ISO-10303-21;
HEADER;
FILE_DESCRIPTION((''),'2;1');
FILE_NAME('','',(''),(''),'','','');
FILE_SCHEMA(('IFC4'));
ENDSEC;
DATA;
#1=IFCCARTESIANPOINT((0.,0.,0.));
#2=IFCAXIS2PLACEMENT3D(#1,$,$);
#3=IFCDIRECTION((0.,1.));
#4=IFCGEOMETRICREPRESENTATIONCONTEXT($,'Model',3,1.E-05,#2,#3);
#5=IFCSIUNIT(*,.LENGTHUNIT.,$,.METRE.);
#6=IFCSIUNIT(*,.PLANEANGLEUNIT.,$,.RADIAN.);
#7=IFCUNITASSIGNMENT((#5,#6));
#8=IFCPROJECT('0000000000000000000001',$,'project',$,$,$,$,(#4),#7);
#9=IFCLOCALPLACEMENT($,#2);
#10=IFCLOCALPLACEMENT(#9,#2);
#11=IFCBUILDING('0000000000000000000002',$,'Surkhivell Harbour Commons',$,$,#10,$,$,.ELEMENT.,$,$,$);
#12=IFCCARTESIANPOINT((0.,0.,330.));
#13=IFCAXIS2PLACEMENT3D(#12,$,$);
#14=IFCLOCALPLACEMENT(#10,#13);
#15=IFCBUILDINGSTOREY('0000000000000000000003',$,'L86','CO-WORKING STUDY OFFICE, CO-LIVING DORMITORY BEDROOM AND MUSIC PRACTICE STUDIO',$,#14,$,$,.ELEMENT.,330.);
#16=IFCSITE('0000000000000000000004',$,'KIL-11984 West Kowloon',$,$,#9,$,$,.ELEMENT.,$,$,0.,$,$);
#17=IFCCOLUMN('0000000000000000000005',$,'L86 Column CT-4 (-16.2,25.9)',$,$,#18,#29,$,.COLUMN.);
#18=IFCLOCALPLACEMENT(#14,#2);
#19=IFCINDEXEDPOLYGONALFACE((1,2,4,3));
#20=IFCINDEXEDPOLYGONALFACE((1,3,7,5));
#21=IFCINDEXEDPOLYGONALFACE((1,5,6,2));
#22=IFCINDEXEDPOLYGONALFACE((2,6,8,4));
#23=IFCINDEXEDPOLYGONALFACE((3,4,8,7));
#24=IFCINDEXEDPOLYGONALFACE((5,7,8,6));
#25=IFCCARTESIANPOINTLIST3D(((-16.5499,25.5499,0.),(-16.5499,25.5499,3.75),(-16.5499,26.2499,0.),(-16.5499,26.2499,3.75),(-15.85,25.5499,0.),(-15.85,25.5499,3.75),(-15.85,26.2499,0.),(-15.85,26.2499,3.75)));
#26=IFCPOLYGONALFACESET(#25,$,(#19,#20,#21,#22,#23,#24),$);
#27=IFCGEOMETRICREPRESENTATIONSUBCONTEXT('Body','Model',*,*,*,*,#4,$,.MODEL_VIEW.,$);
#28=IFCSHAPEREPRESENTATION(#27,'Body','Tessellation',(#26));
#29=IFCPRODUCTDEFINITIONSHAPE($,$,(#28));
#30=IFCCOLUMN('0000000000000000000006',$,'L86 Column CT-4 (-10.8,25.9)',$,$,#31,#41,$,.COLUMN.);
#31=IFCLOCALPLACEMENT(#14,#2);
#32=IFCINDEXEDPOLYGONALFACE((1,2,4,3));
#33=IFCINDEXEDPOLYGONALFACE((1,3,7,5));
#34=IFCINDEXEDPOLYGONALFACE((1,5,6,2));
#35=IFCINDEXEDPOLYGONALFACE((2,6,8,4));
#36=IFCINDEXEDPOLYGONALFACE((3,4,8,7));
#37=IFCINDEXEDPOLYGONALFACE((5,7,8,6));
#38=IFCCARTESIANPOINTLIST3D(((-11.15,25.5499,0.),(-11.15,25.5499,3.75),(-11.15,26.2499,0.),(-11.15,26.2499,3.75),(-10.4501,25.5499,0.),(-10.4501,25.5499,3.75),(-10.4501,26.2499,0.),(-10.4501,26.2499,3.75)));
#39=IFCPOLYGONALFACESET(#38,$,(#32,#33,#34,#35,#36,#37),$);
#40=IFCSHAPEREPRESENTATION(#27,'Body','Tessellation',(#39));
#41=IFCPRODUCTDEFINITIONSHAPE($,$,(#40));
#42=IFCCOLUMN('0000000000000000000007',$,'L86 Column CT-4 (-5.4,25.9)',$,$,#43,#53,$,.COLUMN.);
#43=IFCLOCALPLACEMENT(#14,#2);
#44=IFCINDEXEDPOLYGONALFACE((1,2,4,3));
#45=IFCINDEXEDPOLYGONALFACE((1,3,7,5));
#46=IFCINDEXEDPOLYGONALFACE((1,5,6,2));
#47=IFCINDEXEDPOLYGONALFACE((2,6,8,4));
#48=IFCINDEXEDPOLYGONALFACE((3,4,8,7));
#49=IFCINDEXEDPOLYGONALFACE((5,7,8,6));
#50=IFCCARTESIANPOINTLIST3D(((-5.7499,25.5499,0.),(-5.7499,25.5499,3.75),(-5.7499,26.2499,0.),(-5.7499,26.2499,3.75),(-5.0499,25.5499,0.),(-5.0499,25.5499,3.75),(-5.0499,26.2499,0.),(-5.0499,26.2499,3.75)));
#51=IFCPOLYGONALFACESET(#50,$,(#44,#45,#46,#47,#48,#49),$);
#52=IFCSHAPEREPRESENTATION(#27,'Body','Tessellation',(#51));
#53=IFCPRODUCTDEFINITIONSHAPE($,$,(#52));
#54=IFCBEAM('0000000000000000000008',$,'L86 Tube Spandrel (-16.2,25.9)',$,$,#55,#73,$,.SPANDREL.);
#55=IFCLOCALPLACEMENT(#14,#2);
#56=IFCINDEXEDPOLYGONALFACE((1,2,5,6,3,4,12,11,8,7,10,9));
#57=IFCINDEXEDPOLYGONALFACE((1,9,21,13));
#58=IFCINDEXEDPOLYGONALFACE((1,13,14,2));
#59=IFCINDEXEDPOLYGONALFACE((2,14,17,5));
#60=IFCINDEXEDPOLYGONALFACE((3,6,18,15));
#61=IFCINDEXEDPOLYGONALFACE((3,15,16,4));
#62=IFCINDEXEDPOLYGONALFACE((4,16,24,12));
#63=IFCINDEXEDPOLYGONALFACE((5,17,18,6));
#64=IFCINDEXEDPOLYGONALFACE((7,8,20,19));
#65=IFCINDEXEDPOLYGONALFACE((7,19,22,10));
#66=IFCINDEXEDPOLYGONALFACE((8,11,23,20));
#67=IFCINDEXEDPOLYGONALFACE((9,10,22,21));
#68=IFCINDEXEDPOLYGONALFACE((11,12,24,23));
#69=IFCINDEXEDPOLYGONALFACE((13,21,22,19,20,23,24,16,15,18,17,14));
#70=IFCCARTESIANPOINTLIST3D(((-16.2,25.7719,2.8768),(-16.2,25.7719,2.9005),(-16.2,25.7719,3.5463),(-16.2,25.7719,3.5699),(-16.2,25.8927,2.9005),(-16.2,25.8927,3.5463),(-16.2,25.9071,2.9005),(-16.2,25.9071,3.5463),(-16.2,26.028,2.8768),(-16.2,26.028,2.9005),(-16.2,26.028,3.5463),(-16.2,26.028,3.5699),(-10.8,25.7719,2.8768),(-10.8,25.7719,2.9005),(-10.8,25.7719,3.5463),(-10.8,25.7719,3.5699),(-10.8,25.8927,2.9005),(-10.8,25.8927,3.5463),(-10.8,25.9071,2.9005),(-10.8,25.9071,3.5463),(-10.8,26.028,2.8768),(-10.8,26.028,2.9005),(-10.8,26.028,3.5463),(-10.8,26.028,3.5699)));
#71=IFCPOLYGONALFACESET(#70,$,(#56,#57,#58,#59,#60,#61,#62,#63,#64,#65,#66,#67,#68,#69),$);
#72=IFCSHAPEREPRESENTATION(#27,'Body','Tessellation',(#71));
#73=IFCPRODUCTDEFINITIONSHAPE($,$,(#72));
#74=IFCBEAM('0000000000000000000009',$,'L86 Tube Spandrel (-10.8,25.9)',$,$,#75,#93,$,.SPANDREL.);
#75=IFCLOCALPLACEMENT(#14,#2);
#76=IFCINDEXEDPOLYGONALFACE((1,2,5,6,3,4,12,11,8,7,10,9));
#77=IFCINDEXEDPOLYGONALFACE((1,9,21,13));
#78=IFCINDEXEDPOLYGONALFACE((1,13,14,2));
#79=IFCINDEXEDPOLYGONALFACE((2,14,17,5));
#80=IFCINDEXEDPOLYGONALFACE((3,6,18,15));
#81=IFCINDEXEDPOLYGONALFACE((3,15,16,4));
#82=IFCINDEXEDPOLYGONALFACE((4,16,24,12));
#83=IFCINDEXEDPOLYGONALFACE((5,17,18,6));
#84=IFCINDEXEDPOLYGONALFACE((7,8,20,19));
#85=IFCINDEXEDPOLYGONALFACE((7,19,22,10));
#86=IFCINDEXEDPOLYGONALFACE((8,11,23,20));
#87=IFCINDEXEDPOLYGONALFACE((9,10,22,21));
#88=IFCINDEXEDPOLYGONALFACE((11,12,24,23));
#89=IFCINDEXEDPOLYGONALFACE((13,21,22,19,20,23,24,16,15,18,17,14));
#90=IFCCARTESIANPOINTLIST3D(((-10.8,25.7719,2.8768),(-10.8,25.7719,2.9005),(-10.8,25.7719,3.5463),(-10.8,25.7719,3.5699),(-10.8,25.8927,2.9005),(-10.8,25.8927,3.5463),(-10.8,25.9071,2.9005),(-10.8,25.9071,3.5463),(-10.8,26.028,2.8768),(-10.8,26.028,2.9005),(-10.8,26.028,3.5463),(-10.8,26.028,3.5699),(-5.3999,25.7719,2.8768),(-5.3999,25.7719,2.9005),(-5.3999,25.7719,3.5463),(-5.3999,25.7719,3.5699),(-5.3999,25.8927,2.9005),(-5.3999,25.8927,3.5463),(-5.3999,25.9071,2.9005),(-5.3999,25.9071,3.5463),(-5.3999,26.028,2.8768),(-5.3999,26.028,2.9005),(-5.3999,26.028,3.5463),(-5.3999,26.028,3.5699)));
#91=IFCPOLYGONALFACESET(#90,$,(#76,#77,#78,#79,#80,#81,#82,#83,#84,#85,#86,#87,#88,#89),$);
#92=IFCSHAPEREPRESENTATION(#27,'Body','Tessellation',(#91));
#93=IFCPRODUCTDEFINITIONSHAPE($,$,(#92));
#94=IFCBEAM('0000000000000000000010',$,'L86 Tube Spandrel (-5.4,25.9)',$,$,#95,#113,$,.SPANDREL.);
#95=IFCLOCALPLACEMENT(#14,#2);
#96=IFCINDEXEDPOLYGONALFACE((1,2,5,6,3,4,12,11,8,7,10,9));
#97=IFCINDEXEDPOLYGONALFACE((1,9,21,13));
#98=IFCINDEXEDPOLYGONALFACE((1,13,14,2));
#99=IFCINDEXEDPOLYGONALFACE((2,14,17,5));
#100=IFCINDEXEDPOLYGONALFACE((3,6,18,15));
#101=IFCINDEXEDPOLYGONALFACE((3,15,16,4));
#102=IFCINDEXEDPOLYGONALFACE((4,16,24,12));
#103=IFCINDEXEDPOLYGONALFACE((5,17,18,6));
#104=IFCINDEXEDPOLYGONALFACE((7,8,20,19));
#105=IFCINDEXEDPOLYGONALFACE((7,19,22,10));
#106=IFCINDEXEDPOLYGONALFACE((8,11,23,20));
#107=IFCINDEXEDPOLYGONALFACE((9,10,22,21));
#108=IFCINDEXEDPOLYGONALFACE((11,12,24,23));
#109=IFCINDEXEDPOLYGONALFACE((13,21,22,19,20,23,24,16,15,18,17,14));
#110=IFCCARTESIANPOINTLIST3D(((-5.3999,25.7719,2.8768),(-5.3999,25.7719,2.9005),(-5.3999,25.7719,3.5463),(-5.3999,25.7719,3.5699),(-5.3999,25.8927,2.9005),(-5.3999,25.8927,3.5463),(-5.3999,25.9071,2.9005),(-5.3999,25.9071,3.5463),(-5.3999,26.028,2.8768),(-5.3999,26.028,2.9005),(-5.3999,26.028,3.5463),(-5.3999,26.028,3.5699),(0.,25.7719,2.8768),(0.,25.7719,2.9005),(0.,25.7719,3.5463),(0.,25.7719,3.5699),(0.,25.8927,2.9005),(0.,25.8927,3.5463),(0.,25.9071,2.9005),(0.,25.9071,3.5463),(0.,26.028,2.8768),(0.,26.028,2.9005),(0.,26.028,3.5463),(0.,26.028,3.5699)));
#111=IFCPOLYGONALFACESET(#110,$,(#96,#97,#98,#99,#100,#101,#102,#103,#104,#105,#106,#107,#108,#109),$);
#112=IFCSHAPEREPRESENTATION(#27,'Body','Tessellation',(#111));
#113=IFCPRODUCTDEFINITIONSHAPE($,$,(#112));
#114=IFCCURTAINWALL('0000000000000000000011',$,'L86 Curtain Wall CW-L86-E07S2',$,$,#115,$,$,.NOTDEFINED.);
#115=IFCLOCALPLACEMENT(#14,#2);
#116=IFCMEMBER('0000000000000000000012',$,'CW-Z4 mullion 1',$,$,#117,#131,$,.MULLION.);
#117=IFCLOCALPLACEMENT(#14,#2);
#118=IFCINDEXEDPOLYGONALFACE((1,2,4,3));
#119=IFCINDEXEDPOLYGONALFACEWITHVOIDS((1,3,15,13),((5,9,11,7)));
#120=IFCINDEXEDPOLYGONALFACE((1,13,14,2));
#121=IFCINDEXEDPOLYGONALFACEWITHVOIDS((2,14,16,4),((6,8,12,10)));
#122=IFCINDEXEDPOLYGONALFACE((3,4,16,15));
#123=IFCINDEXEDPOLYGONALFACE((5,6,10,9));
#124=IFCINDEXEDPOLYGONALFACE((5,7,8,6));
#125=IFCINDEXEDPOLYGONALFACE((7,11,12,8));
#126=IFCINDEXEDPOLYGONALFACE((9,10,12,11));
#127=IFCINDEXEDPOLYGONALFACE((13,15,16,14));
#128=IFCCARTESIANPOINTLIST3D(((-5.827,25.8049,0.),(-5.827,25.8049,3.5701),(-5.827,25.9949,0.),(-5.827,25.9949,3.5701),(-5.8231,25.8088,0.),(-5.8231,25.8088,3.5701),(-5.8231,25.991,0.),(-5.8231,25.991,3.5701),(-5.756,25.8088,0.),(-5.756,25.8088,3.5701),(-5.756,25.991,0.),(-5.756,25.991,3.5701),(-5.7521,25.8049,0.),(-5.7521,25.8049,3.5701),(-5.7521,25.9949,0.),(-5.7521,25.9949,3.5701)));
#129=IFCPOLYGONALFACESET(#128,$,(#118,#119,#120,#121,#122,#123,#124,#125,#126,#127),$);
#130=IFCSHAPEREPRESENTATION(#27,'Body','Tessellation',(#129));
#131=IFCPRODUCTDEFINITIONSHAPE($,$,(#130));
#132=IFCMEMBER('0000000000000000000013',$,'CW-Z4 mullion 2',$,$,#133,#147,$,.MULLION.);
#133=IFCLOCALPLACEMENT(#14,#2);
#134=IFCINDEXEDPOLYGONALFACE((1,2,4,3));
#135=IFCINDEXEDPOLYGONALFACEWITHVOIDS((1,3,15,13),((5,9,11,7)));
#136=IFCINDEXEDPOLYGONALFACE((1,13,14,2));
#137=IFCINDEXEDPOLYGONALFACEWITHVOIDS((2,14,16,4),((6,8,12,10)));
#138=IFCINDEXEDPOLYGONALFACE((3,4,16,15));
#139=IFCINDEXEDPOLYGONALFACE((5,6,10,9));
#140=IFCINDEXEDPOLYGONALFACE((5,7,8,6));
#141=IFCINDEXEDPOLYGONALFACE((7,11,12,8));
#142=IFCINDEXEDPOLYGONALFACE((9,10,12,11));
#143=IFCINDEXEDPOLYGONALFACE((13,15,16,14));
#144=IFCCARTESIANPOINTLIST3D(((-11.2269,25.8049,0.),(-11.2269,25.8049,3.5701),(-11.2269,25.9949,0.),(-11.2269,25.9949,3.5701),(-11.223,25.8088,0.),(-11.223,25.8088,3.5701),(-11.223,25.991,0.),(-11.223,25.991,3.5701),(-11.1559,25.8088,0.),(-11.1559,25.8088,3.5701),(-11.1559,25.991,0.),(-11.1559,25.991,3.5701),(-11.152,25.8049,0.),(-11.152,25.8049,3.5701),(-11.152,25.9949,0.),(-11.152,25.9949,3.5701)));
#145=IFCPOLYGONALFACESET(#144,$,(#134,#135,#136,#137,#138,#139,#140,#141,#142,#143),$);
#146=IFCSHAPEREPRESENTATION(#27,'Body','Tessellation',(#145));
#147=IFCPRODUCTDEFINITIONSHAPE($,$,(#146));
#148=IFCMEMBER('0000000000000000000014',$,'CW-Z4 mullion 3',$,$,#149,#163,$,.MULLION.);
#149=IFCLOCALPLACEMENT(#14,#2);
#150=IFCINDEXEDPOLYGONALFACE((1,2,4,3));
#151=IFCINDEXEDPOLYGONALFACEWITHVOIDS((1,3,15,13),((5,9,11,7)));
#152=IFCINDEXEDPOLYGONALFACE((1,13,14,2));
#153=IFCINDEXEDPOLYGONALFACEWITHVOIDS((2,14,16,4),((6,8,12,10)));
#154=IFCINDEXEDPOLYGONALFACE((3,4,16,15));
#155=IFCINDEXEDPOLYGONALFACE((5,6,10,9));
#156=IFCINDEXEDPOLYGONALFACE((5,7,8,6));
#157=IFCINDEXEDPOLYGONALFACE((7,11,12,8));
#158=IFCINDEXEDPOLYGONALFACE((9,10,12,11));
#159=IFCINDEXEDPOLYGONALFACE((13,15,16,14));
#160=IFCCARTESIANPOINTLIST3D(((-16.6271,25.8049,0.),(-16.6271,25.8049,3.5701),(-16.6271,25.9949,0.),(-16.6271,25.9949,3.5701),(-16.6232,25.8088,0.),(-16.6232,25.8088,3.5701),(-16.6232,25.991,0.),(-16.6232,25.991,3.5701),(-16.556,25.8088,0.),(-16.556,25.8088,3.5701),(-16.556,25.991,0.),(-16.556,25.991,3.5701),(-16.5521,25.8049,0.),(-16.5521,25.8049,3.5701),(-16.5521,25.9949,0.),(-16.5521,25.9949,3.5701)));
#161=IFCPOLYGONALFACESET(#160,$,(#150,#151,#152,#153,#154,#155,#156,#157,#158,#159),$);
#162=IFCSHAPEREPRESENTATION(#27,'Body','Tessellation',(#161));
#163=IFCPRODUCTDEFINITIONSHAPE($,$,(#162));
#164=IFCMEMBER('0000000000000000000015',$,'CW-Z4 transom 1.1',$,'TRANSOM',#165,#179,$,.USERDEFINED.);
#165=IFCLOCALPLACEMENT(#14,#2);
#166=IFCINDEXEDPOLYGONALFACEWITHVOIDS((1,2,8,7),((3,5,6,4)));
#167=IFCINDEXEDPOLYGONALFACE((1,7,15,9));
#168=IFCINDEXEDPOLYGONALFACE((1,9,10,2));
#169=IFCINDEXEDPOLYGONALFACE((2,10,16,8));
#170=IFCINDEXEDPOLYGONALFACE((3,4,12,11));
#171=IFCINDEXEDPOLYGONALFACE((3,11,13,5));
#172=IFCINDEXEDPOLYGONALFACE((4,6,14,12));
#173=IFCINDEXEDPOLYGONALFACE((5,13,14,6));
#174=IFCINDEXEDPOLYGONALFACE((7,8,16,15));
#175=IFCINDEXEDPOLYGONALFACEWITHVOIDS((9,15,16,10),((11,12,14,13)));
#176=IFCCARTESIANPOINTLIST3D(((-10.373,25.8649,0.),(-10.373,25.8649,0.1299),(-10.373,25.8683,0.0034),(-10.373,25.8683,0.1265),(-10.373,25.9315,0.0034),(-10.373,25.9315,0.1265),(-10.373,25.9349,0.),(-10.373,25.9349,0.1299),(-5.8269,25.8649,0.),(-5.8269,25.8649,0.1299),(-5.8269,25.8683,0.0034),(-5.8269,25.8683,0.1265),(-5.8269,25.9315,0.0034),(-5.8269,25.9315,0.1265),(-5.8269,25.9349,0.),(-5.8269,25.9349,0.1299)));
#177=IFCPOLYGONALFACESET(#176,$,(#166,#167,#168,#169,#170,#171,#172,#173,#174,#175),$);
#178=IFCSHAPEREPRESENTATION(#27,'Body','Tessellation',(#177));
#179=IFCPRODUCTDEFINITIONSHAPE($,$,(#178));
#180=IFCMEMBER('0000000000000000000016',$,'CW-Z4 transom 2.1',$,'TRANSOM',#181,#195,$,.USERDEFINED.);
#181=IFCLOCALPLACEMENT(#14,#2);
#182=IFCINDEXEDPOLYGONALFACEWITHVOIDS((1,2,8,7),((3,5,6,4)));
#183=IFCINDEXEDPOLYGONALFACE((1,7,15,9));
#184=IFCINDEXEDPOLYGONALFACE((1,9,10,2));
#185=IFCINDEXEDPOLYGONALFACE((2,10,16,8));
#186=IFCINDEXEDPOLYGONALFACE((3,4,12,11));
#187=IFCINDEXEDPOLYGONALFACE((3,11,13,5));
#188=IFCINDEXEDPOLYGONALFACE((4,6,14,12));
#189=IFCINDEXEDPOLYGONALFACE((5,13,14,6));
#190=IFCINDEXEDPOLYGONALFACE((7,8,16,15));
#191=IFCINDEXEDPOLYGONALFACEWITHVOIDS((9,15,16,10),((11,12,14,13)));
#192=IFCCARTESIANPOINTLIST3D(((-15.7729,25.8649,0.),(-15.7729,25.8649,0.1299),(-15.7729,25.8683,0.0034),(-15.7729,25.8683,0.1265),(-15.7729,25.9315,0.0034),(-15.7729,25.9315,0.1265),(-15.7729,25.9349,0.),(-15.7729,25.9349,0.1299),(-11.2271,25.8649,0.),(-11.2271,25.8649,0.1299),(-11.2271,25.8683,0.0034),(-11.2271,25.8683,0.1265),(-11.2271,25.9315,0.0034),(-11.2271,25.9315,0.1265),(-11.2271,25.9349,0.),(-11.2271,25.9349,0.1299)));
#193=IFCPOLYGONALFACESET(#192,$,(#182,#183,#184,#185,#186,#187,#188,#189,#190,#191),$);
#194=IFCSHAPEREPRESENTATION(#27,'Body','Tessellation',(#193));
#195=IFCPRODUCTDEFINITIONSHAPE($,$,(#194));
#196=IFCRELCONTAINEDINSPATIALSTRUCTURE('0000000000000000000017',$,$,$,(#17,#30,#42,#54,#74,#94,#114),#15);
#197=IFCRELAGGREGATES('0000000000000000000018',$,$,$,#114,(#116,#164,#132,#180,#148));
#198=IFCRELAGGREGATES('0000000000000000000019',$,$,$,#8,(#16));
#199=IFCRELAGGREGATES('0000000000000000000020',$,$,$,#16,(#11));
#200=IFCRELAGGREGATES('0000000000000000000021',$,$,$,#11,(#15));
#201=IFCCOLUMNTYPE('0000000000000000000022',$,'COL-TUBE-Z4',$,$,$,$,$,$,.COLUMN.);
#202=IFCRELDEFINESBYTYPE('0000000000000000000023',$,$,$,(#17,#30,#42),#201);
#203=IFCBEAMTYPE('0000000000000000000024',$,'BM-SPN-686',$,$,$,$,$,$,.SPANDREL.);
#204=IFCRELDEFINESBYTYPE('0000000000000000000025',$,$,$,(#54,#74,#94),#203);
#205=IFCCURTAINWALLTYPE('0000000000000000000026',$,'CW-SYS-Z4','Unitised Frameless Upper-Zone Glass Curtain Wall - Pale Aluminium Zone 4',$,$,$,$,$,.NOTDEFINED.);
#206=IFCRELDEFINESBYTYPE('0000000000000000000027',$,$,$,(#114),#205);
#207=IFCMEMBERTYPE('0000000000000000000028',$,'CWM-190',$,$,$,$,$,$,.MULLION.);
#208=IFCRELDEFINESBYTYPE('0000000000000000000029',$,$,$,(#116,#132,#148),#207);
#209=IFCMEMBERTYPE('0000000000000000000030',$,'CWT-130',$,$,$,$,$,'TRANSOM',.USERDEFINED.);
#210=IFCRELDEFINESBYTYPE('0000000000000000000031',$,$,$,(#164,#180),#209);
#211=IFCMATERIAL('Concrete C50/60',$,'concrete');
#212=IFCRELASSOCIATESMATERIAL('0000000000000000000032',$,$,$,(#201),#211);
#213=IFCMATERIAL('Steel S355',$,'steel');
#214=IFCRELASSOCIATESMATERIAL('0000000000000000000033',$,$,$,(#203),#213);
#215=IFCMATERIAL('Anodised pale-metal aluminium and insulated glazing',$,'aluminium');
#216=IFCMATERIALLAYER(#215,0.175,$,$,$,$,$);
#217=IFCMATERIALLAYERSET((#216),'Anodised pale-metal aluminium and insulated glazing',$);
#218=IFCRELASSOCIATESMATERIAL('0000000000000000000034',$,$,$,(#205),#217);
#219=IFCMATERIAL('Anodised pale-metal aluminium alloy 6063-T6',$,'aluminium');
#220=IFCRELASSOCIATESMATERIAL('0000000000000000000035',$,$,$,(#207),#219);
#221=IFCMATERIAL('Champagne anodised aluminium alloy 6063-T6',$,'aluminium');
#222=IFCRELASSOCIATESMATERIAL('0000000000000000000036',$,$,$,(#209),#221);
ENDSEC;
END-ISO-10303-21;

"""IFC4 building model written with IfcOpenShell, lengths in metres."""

from ifc_helpers import new_model, si_unit, direction, frame, origin, origin_2d, place, context, subcontext, project, spatial, rectangle, hollow_rectangle, i_section, extrude, material, layer, layer_set, material_profile, profile_set, type_object, element, aggregate, save


model = new_model("IFC4")

# Units and contexts
model_context = context("Model", 3, precision=1e-05, world=origin(), true_north=direction((0.0, 1.0)))
body_context = subcontext(model_context, "Body", "Model", "MODEL_VIEW")
ifc_project = project(units=[si_unit("LENGTHUNIT", "METRE"), si_unit("PLANEANGLEUNIT", "RADIAN")], contexts=[model_context])

# Site, building, storey
site_placement = place(None, origin())
site = spatial("IfcSite", under=ifc_project, at=site_placement, Name="KIL-11984 West Kowloon", CompositionType="ELEMENT", RefElevation=0.0)
building_placement = place(site_placement, origin())
building = spatial("IfcBuilding", under=site, at=building_placement, Name="Surkhivell Harbour Commons", CompositionType="ELEMENT")
storey_placement = place(building_placement, frame((0.0, 0.0, 330.0)))
storey = spatial("IfcBuildingStorey", under=building, at=storey_placement, Name="L86", Description="CO-WORKING STUDY OFFICE, CO-LIVING DORMITORY BEDROOM AND MUSIC PRACTICE STUDIO", CompositionType="ELEMENT", Elevation=330.0)

# Columns
ifc_material_1 = material(Name="Concrete C50/60", Category="concrete")
ifc_material_profile_1 = material_profile(ifc_material_1, rectangle(XDim=0.7, YDim=0.7, at=origin_2d()), Name="RC-COL-700x700")
ifc_profile_set_1 = profile_set([ifc_material_profile_1], Name="Concrete C50/60")
column_type = type_object("IfcColumnType", Name="COL-TUBE-Z4", PredefinedType="COLUMN", material=ifc_profile_set_1)
for number, where, z_axis, x_axis, name in (
    (1, (-16.2, 25.8999, 0.0), (0.0, 0.0, 1.0), (1.0, 0.0, 0.0), "L86 Column CT-4 (-16.2,25.9)"),
    (2, (-10.8, 25.8999, 0.0), (0.0, 0.0, 1.0), (1.0, 0.0, 0.0), "L86 Column CT-4 (-10.8,25.9)"),
    (3, (-5.3999, 25.8999, 0.0), (0.0, 0.0, 1.0), (1.0, 0.0, 0.0), "L86 Column CT-4 (-5.4,25.9)"),
):
    element("IfcColumn", number, at=place(storey_placement, frame(where, z_axis=z_axis, x_axis=x_axis)), inside=storey, type_object=column_type, Name=name, PredefinedType="COLUMN", context=body_context, shape_type="SweptSolid", body=[
        extrude(rectangle(XDim=0.7, YDim=0.7, at=origin_2d()), origin(), (0.0, 0.0, 1.0), 3.75),
    ])

# Beams
ifc_material_2 = material(Name="Steel S355", Category="steel")
ifc_material_profile_2 = material_profile(ifc_material_2, i_section(OverallWidth=0.2561, OverallDepth=0.6931, WebThickness=0.0144, FlangeThickness=0.0237, at=origin_2d()), Name="UB686x254x170")
ifc_profile_set_2 = profile_set([ifc_material_profile_2], Name="Steel S355")
beam_type = type_object("IfcBeamType", Name="BM-SPN-686", PredefinedType="SPANDREL", material=ifc_profile_set_2)
beam_1_placement = place(storey_placement, frame((-16.2, 25.8999, 3.2234), z_axis=(1.0, 0.0, 0.0), x_axis=(0.0, 1.0, 0.0)))
element("IfcBeam", 4, at=beam_1_placement, inside=storey, type_object=beam_type, Name="L86 Tube Spandrel (-16.2,25.9)", PredefinedType="SPANDREL", context=body_context, shape_type="SweptSolid", body=[
    extrude(i_section(OverallWidth=0.2561, OverallDepth=0.6931, WebThickness=0.0144, FlangeThickness=0.0237, at=origin_2d()), origin(), (0.0, 0.0, 1.0), 5.3999),
])
beam_2_placement = place(storey_placement, frame((-10.8, 25.8999, 3.2234), z_axis=(1.0, 0.0, 0.0), x_axis=(0.0, 1.0, 0.0)))
element("IfcBeam", 5, at=beam_2_placement, inside=storey, type_object=beam_type, Name="L86 Tube Spandrel (-10.8,25.9)", PredefinedType="SPANDREL", context=body_context, shape_type="SweptSolid", body=[
    extrude(i_section(OverallWidth=0.2561, OverallDepth=0.6931, WebThickness=0.0144, FlangeThickness=0.0237, at=origin_2d()), origin(), (0.0, 0.0, 1.0), 5.4001),
])
beam_3_placement = place(storey_placement, frame((-5.3999, 25.8999, 3.2234), z_axis=(1.0, 0.0, 0.0), x_axis=(0.0, 1.0, 0.0)))
element("IfcBeam", 6, at=beam_3_placement, inside=storey, type_object=beam_type, Name="L86 Tube Spandrel (-5.4,25.9)", PredefinedType="SPANDREL", context=body_context, shape_type="SweptSolid", body=[
    extrude(i_section(OverallWidth=0.2561, OverallDepth=0.6931, WebThickness=0.0144, FlangeThickness=0.0237, at=origin_2d()), origin(), (0.0, 0.0, 1.0), 5.3999),
])

# Curtain wall, members
ifc_material_3 = material(Name="Anodised pale-metal aluminium and insulated glazing", Category="aluminium")
ifc_layer_1 = layer(ifc_material_3, 0.175)
ifc_layer_set_1 = layer_set([ifc_layer_1], Name="Anodised pale-metal aluminium and insulated glazing")
curtain_wall_type = type_object("IfcCurtainWallType", Name="CW-SYS-Z4", Description="Unitised Frameless Upper-Zone Glass Curtain Wall - Pale Aluminium Zone 4", PredefinedType="NOTDEFINED", material=ifc_layer_set_1)
curtain_wall_placement = place(storey_placement, origin())
curtain_wall = element("IfcCurtainWall", 7, at=curtain_wall_placement, inside=storey, type_object=curtain_wall_type, Name="L86 Curtain Wall CW-L86-E07S2", PredefinedType="NOTDEFINED")
ifc_material_4 = material(Name="Anodised pale-metal aluminium alloy 6063-T6", Category="aluminium")
ifc_material_profile_3 = material_profile(ifc_material_4, hollow_rectangle(XDim=0.075, YDim=0.1899, WallThickness=0.0039, at=origin_2d()), Name="ALU-MULL-75x190")
ifc_profile_set_3 = profile_set([ifc_material_profile_3], Name="Anodised pale-metal aluminium alloy 6063-T6")
member_type_1 = type_object("IfcMemberType", Name="CWM-190", PredefinedType="MULLION", material=ifc_profile_set_3)
member_1_placement = place(storey_placement, frame((-5.7896, 25.8999, 0.0), z_axis=(0.0, 0.0, 1.0), x_axis=(-1.0, 0.0, 0.0)))
member_1 = element("IfcMember", 8, at=member_1_placement, type_object=member_type_1, Name="CW-Z4 mullion 1", PredefinedType="MULLION", context=body_context, shape_type="SweptSolid", body=[
    extrude(hollow_rectangle(XDim=0.075, YDim=0.1899, WallThickness=0.0039, at=origin_2d()), origin(), (0.0, 0.0, 1.0), 3.5701),
])
member_2_placement = place(storey_placement, frame((-11.1895, 25.8999, 0.0), z_axis=(0.0, 0.0, 1.0), x_axis=(-1.0, 0.0, 0.0)))
member_2 = element("IfcMember", 9, at=member_2_placement, type_object=member_type_1, Name="CW-Z4 mullion 2", PredefinedType="MULLION", context=body_context, shape_type="SweptSolid", body=[
    extrude(hollow_rectangle(XDim=0.075, YDim=0.1899, WallThickness=0.0039, at=origin_2d()), origin(), (0.0, 0.0, 1.0), 3.5701),
])
member_3_placement = place(storey_placement, frame((-16.5896, 25.8999, 0.0), z_axis=(0.0, 0.0, 1.0), x_axis=(-1.0, 0.0, 0.0)))
member_3 = element("IfcMember", 10, at=member_3_placement, type_object=member_type_1, Name="CW-Z4 mullion 3", PredefinedType="MULLION", context=body_context, shape_type="SweptSolid", body=[
    extrude(hollow_rectangle(XDim=0.075, YDim=0.1899, WallThickness=0.0039, at=origin_2d()), origin(), (0.0, 0.0, 1.0), 3.5701),
])
ifc_material_5 = material(Name="Champagne anodised aluminium alloy 6063-T6", Category="aluminium")
ifc_material_profile_4 = material_profile(ifc_material_5, hollow_rectangle(XDim=0.0701, YDim=0.1299, WallThickness=0.0034, at=origin_2d()), Name="ALU-TRAN-70x130")
ifc_profile_set_4 = profile_set([ifc_material_profile_4], Name="Champagne anodised aluminium alloy 6063-T6")
member_type_2 = type_object("IfcMemberType", Name="CWT-130", ElementType="TRANSOM", PredefinedType="USERDEFINED", material=ifc_profile_set_4)
member_4_placement = place(storey_placement, frame((-5.8269, 25.8999, 0.0649), z_axis=(-1.0, 0.0, 0.0), x_axis=(0.0, -1.0, 0.0)))
member_4 = element("IfcMember", 11, at=member_4_placement, type_object=member_type_2, Name="CW-Z4 transom 1.1", ObjectType="TRANSOM", PredefinedType="USERDEFINED", context=body_context, shape_type="SweptSolid", body=[
    extrude(hollow_rectangle(XDim=0.0701, YDim=0.1299, WallThickness=0.0034, at=origin_2d()), origin(), (0.0, 0.0, 1.0), 4.5461),
])
member_5_placement = place(storey_placement, frame((-11.2271, 25.8999, 0.0649), z_axis=(-1.0, 0.0, 0.0), x_axis=(0.0, -1.0, 0.0)))
member_5 = element("IfcMember", 12, at=member_5_placement, type_object=member_type_2, Name="CW-Z4 transom 2.1", ObjectType="TRANSOM", PredefinedType="USERDEFINED", context=body_context, shape_type="SweptSolid", body=[
    extrude(hollow_rectangle(XDim=0.0701, YDim=0.1299, WallThickness=0.0034, at=origin_2d()), origin(), (0.0, 0.0, 1.0), 4.5459),
])

aggregate(curtain_wall, [member_1, member_4, member_2, member_5, member_3])

save(model, "model.ifc")
